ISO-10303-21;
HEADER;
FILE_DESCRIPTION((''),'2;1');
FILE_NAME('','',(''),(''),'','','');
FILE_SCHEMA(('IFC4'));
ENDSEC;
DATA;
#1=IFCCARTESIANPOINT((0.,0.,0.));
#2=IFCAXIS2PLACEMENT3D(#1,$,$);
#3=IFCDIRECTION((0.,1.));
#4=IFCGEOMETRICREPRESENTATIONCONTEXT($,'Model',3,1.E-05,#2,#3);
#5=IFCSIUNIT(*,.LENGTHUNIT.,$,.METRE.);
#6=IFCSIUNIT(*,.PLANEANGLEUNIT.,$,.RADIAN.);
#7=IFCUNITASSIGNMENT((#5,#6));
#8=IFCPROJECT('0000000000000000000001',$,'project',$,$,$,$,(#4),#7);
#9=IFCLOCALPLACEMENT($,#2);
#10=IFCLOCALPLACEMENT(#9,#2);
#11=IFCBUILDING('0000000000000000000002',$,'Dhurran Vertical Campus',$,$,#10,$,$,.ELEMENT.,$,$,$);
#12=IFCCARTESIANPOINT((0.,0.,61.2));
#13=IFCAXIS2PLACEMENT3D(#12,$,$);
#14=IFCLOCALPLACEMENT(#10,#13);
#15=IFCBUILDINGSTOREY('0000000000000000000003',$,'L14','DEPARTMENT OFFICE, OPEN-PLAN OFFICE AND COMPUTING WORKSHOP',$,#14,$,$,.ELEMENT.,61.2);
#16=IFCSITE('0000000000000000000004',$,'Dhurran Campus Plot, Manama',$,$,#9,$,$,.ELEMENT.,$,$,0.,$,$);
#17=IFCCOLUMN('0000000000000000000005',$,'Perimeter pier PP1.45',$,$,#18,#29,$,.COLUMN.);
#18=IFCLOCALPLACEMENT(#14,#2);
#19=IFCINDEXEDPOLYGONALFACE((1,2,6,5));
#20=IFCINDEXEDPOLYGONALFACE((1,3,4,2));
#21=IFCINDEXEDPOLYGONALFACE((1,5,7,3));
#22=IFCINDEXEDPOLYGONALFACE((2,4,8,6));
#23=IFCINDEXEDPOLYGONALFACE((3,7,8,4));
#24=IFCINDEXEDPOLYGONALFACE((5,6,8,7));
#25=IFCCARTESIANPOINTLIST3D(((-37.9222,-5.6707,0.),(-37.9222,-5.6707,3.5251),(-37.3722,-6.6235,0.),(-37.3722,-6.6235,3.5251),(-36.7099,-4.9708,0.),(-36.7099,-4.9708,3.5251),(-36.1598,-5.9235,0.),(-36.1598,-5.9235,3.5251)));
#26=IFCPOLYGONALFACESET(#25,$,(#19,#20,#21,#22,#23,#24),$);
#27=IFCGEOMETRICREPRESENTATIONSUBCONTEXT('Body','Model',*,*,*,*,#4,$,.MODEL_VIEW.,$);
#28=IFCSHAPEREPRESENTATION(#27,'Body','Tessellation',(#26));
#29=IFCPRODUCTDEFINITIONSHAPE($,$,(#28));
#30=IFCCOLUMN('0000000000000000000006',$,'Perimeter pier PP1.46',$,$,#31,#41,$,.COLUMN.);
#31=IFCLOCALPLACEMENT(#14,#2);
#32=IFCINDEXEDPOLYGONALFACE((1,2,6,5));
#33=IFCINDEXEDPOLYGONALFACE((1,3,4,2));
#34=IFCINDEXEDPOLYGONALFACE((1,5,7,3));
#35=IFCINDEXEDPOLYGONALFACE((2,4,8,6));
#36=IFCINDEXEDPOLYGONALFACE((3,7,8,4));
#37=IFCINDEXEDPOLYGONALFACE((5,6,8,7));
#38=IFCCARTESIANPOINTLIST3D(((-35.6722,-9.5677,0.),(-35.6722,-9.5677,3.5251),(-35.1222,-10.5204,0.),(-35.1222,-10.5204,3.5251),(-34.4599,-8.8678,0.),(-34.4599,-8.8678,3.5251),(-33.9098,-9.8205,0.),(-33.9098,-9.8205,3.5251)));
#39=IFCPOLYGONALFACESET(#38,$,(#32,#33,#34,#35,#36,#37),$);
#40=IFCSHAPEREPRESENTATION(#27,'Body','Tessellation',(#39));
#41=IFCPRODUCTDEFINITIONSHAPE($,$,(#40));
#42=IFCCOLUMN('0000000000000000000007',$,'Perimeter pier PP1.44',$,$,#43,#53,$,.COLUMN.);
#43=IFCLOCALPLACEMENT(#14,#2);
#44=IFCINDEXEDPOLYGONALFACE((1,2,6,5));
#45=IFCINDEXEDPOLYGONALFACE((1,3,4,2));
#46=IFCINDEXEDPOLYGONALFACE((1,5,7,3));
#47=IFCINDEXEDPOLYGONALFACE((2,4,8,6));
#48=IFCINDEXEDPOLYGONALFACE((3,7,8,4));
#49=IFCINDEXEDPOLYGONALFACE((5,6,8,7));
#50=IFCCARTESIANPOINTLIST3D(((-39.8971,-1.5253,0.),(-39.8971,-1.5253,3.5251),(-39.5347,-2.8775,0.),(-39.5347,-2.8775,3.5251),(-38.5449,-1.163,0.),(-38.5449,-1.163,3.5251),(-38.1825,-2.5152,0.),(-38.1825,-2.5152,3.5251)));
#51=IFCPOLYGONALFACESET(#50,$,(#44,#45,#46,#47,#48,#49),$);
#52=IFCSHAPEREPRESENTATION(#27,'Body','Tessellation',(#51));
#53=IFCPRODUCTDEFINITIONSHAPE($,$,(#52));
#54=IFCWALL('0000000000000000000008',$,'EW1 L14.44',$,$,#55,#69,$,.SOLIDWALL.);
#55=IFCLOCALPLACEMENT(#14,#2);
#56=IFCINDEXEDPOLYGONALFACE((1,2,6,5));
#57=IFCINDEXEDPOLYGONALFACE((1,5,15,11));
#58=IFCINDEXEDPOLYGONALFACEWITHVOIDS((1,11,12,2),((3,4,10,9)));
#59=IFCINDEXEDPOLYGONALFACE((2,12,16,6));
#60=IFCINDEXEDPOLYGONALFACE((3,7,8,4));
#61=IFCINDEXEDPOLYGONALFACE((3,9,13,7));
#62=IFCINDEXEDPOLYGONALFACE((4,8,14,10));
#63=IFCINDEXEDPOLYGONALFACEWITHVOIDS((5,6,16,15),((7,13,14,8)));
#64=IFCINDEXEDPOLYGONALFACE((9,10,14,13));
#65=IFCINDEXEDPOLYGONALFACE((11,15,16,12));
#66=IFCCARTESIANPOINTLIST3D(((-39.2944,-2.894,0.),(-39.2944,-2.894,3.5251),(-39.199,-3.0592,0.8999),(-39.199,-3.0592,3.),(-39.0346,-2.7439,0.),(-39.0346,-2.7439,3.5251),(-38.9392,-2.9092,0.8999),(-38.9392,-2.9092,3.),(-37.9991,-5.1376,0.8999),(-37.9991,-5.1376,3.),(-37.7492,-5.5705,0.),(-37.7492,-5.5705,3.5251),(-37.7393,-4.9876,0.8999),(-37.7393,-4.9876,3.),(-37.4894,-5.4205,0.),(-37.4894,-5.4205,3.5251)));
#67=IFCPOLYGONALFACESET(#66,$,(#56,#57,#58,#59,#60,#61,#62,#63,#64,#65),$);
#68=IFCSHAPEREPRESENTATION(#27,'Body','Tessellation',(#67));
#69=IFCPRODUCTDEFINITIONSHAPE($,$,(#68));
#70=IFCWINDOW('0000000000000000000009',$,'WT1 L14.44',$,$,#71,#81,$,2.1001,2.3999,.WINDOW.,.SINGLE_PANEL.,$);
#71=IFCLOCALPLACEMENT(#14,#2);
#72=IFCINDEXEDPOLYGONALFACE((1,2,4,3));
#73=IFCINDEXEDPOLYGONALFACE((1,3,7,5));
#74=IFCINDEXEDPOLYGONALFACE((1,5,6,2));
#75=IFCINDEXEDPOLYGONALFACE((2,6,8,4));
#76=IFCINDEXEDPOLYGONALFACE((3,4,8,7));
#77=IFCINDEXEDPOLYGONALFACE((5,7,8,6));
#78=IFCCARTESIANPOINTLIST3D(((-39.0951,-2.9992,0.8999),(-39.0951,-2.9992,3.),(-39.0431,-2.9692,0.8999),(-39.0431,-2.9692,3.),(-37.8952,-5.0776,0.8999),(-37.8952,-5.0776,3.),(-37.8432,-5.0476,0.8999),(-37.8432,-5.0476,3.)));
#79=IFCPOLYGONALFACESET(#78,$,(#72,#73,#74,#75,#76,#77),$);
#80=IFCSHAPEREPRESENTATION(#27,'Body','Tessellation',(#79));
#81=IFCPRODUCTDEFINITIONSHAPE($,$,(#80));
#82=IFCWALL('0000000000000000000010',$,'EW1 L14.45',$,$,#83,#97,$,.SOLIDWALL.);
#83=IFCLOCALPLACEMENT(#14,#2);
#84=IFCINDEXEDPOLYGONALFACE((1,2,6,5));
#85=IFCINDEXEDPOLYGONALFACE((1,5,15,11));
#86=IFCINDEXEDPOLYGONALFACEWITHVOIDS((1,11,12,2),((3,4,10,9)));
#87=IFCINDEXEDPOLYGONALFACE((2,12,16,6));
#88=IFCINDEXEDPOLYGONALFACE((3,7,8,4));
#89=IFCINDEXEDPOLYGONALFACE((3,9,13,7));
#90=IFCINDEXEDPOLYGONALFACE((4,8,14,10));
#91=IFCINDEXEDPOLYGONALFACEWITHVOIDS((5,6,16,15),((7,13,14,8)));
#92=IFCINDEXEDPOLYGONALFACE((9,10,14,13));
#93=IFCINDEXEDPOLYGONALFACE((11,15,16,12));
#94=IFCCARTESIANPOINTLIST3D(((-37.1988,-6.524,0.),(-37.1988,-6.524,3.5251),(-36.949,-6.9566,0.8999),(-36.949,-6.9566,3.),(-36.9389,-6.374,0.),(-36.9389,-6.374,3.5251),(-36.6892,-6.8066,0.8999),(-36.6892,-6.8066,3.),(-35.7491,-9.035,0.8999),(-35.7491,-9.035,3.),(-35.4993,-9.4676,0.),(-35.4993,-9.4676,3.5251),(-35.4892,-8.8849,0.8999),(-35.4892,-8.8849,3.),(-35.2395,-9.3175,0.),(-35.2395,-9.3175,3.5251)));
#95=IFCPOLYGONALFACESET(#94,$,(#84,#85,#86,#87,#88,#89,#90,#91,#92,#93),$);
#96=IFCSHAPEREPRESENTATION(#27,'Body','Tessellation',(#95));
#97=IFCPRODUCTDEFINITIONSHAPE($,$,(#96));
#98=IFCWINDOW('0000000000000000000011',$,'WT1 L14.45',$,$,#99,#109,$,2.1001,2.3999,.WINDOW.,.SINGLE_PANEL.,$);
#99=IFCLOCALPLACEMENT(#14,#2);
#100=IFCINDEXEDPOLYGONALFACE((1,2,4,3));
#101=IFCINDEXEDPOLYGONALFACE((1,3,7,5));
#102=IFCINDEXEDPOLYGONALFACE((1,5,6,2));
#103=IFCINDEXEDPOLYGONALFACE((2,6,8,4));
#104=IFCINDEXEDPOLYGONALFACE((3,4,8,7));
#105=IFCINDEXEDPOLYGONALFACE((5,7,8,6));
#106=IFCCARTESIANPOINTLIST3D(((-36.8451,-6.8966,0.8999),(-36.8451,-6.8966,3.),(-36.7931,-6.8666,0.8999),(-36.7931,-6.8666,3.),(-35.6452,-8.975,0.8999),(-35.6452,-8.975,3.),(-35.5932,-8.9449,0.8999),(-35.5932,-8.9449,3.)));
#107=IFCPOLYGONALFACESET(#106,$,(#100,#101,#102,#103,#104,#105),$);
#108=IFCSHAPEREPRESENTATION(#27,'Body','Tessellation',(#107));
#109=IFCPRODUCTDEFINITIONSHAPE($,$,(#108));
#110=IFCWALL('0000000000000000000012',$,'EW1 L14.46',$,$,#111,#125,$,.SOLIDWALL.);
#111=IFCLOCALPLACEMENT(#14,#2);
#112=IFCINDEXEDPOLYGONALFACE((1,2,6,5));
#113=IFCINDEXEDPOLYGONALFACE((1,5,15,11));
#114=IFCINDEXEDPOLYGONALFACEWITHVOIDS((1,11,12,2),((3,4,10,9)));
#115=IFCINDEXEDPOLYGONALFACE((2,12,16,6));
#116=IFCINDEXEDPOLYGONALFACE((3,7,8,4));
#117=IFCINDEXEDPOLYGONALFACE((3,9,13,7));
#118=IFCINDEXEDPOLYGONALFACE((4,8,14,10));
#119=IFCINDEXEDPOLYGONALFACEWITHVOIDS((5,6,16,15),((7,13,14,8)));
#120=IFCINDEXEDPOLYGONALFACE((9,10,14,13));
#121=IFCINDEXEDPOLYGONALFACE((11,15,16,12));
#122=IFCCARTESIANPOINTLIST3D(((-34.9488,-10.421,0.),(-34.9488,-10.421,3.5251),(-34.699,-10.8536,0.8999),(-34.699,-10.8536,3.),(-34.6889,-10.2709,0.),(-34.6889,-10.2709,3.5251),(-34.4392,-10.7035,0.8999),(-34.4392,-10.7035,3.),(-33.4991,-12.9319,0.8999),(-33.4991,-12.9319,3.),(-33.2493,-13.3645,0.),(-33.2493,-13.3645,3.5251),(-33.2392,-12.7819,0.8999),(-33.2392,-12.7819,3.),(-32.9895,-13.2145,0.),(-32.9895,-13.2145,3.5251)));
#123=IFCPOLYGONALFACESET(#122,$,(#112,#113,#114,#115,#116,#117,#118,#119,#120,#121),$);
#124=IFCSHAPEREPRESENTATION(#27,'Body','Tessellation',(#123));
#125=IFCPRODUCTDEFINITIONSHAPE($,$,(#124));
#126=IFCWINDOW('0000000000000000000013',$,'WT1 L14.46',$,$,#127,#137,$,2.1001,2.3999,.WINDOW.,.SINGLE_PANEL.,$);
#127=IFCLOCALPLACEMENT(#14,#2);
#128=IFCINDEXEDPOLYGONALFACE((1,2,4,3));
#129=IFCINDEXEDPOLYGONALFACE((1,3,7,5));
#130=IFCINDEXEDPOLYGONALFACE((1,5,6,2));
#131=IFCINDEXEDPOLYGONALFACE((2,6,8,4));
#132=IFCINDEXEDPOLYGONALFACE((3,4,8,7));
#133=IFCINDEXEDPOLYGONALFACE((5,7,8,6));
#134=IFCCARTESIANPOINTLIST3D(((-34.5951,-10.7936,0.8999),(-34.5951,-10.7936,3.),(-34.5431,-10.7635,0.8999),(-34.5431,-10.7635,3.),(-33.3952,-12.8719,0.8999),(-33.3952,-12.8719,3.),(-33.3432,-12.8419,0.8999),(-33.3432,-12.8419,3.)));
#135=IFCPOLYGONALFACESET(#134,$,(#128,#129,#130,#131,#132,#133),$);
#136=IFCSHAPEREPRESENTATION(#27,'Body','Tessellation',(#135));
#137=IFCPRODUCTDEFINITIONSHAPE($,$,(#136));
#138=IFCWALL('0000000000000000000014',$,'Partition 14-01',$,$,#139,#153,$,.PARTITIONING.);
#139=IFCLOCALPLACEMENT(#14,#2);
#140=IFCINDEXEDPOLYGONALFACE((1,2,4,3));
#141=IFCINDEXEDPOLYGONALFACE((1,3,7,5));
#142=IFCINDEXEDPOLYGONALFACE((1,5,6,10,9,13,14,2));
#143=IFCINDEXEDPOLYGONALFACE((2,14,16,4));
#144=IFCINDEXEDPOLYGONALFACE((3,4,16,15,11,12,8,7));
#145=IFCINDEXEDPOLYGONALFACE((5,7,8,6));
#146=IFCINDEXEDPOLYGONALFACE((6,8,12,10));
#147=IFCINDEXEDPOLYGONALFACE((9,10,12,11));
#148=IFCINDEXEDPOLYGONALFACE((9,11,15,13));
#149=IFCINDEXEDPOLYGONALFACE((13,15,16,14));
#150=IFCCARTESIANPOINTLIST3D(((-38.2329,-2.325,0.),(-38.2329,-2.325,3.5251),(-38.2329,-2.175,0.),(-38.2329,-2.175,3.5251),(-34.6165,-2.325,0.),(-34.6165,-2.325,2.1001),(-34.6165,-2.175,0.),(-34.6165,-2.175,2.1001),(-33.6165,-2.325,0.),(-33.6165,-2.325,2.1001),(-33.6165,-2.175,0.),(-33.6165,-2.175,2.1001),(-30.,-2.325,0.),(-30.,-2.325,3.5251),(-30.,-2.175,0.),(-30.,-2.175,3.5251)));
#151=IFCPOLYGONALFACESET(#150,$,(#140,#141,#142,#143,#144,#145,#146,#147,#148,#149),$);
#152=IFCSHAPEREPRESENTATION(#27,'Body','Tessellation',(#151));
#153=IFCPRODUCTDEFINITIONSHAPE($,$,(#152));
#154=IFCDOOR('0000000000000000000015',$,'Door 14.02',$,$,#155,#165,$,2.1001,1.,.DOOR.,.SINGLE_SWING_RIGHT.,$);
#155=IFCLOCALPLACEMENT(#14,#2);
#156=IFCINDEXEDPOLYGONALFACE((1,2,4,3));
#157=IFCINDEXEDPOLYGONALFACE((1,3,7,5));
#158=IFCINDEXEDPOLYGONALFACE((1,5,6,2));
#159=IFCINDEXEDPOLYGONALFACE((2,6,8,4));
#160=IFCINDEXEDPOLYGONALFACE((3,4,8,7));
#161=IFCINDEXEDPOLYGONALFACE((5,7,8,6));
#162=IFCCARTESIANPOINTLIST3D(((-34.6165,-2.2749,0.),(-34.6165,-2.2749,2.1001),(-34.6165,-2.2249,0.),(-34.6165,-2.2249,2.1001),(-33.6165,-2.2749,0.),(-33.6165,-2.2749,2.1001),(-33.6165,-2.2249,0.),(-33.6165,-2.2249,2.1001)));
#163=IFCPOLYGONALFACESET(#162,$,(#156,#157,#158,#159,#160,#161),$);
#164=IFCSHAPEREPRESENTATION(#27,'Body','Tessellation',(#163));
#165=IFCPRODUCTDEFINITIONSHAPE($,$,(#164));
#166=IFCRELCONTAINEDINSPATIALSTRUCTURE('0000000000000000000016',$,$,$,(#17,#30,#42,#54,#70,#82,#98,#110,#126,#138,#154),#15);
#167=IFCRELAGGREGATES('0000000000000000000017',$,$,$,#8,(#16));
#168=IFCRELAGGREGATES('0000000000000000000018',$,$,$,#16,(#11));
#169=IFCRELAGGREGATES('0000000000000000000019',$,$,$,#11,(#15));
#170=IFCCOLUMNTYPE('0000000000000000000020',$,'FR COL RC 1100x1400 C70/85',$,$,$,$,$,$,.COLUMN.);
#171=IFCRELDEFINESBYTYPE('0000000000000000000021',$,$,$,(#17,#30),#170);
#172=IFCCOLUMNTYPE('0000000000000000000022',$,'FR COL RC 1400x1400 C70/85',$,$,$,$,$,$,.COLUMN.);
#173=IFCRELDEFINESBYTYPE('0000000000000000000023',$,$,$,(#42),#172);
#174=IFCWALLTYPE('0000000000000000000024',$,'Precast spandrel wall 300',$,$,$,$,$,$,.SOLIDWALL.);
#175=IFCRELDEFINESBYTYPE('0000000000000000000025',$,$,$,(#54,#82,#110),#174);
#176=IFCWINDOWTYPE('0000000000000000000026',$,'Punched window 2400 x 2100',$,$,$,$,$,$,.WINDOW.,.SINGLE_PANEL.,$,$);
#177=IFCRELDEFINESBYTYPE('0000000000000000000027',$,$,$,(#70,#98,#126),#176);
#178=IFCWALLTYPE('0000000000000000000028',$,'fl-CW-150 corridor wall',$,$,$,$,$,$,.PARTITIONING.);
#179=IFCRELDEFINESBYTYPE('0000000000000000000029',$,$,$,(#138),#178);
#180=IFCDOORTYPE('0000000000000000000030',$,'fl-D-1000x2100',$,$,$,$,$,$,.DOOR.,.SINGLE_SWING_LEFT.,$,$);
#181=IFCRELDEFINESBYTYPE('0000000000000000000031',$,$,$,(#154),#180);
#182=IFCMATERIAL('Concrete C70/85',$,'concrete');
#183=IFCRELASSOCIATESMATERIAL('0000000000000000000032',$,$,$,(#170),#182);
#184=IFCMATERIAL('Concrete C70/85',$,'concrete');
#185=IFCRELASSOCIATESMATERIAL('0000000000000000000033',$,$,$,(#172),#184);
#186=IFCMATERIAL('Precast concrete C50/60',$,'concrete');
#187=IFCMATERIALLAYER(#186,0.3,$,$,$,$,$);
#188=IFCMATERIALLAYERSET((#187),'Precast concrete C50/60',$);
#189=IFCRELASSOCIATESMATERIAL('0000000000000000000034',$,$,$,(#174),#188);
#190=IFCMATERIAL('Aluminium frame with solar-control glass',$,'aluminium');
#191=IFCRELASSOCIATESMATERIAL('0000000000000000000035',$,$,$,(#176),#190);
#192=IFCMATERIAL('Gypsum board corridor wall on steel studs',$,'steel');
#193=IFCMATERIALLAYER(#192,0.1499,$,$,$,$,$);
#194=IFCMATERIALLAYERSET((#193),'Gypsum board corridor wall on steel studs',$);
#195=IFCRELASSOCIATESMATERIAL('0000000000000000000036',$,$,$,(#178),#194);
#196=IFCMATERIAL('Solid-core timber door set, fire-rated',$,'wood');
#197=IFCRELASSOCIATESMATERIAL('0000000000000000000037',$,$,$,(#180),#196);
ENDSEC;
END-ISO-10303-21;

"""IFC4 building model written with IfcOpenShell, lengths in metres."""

from ifc_helpers import new_model, si_unit, direction, frame, frame_2d, origin, origin_2d, place, context, subcontext, project, spatial, rectangle, extrude, material, layer, layer_set, material_profile, profile_set, type_object, element, fill, save


model = new_model("IFC4")

# Units and contexts
model_context = context("Model", 3, precision=1e-05, world=origin(), true_north=direction((0.0, 1.0)))
body_context = subcontext(model_context, "Body", "Model", "MODEL_VIEW")
ifc_project = project(units=[si_unit("LENGTHUNIT", "METRE"), si_unit("PLANEANGLEUNIT", "RADIAN")], contexts=[model_context])

# Site, building, storey
site_placement = place(None, origin())
site = spatial("IfcSite", under=ifc_project, at=site_placement, Name="Dhurran Campus Plot, Manama", CompositionType="ELEMENT", RefElevation=0.0)
building_placement = place(site_placement, origin())
building = spatial("IfcBuilding", under=site, at=building_placement, Name="Dhurran Vertical Campus", CompositionType="ELEMENT")
storey_placement = place(building_placement, frame((0.0, 0.0, 61.2)))
storey = spatial("IfcBuildingStorey", under=building, at=storey_placement, Name="L14", Description="DEPARTMENT OFFICE, OPEN-PLAN OFFICE AND COMPUTING WORKSHOP", CompositionType="ELEMENT", Elevation=61.2)

# Columns
ifc_material_1 = material(Name="Concrete C70/85", Category="concrete")
ifc_material_profile_1 = material_profile(ifc_material_1, rectangle(XDim=1.1001, YDim=1.3999, at=origin_2d()), Name="RC 1100x1400")
ifc_profile_set_1 = profile_set([ifc_material_profile_1], Name="Concrete C70/85")
column_type_1 = type_object("IfcColumnType", Name="FR COL RC 1100x1400 C70/85", PredefinedType="COLUMN", material=ifc_profile_set_1)
for number, where, z_axis, x_axis, name in (
    (1, (-37.041, -5.7971, 0.0), (0.0, 0.0, 1.0), (0.5, -0.866025, 0.0), "Perimeter pier PP1.45"),
    (2, (-34.791, -9.6941, 0.0), (0.0, 0.0, 1.0), (0.5, -0.866025, 0.0), "Perimeter pier PP1.46"),
):
    element("IfcColumn", number, at=place(storey_placement, frame(where, z_axis=z_axis, x_axis=x_axis)), inside=storey, type_object=column_type_1, Name=name, PredefinedType="COLUMN", context=body_context, shape_type="SweptSolid", body=[
        extrude(rectangle(XDim=1.1001, YDim=1.3999, at=origin_2d()), origin(), (0.0, 0.0, 1.0), 3.5251),
    ])
ifc_material_2 = material(Name="Concrete C70/85", Category="concrete")
ifc_material_profile_2 = material_profile(ifc_material_2, rectangle(XDim=1.3999, YDim=1.3999, at=origin_2d()), Name="RC 1400x1400")
ifc_profile_set_2 = profile_set([ifc_material_profile_2], Name="Concrete C70/85")
column_type_2 = type_object("IfcColumnType", Name="FR COL RC 1400x1400 C70/85", PredefinedType="COLUMN", material=ifc_profile_set_2)
column_placement = place(storey_placement, frame((-39.0398, -2.0203, 0.0), z_axis=(0.0, 0.0, 1.0), x_axis=(0.258819, -0.965926, 0.0)))
element("IfcColumn", 3, at=column_placement, inside=storey, type_object=column_type_2, Name="Perimeter pier PP1.44", PredefinedType="COLUMN", context=body_context, shape_type="SweptSolid", body=[
    extrude(rectangle(XDim=1.3999, YDim=1.3999, at=origin_2d()), origin(), (0.0, 0.0, 1.0), 3.5251),
])

# Walls, openings, windows
ifc_material_3 = material(Name="Precast concrete C50/60", Category="concrete")
ifc_layer_1 = layer(ifc_material_3, 0.3)
ifc_layer_set_1 = layer_set([ifc_layer_1], Name="Precast concrete C50/60")
wall_type_1 = type_object("IfcWallType", Name="Precast spandrel wall 300", PredefinedType="SOLIDWALL", material=ifc_layer_set_1)
wall_1_placement = place(storey_placement, frame((-39.1646, -2.8188, 0.0), z_axis=(0.0, 0.0, 1.0), x_axis=(0.499971, -0.866042, 0.0)))
wall_1 = element("IfcWall", 4, at=wall_1_placement, inside=storey, type_object=wall_type_1, Name="EW1 L14.44", PredefinedType="SOLIDWALL", context=body_context, shape_type="SweptSolid", body=[
    extrude(rectangle(XDim=3.0906, YDim=0.3, at=frame_2d((1.5454, 0.0))), origin(), (0.0, 0.0, 1.0), 3.5251),
])
opening_1_placement = place(wall_1_placement, frame((0.1909, 0.0, 0.8999)))
opening_1 = element("IfcOpeningElement", 5, at=opening_1_placement, cuts=wall_1, PredefinedType="OPENING", context=body_context, shape_type="SweptSolid", body=[
    extrude(rectangle(XDim=2.3999, YDim=2.1001, at=frame_2d((1.2, 1.05))), frame((0.0, 0.1599, 0.0), z_axis=(0.0, -1.0, 0.0), x_axis=(1.0, 0.0, 0.0)), (0.0, 0.0, 1.0), 0.3201),
])
ifc_material_4 = material(Name="Aluminium frame with solar-control glass", Category="aluminium")
window_type = type_object("IfcWindowType", Name="Punched window 2400 x 2100", PartitioningType="SINGLE_PANEL", PredefinedType="WINDOW", material=ifc_material_4)
window_1_placement = place(opening_1_placement, origin())
window_1 = element("IfcWindow", 6, at=window_1_placement, inside=storey, type_object=window_type, Name="WT1 L14.44", OverallHeight=2.1001, OverallWidth=2.3999, PartitioningType="SINGLE_PANEL", PredefinedType="WINDOW", context=body_context, shape_type="SweptSolid", body=[
    extrude(rectangle(XDim=2.3999, YDim=2.1001, at=frame_2d((1.2, 1.05))), frame((0.0, 0.03, 0.0), z_axis=(0.0, -1.0, 0.0), x_axis=(1.0, 0.0, 0.0)), (0.0, 0.0, 1.0), 0.0601),
])
fill(opening_1, window_1)
wall_2_placement = place(storey_placement, frame((-37.0688, -6.449, 0.0), z_axis=(0.0, 0.0, 1.0), x_axis=(0.499994, -0.866029, 0.0)))
wall_2 = element("IfcWall", 7, at=wall_2_placement, inside=storey, type_object=wall_type_1, Name="EW1 L14.45", PredefinedType="SOLIDWALL", context=body_context, shape_type="SweptSolid", body=[
    extrude(rectangle(XDim=3.3989, YDim=0.3, at=frame_2d((1.6995, 0.0))), origin(), (0.0, 0.0, 1.0), 3.5251),
])
opening_2_placement = place(wall_2_placement, frame((0.4995, 0.0, 0.8999)))
opening_2 = element("IfcOpeningElement", 8, at=opening_2_placement, cuts=wall_2, PredefinedType="OPENING", context=body_context, shape_type="SweptSolid", body=[
    extrude(rectangle(XDim=2.3999, YDim=2.1001, at=frame_2d((1.2, 1.05))), frame((0.0, 0.1599, 0.0), z_axis=(0.0, -1.0, 0.0), x_axis=(1.0, 0.0, 0.0)), (0.0, 0.0, 1.0), 0.3201),
])
window_2_placement = place(opening_2_placement, origin())
window_2 = element("IfcWindow", 9, at=window_2_placement, inside=storey, type_object=window_type, Name="WT1 L14.45", OverallHeight=2.1001, OverallWidth=2.3999, PartitioningType="SINGLE_PANEL", PredefinedType="WINDOW", context=body_context, shape_type="SweptSolid", body=[
    extrude(rectangle(XDim=2.3999, YDim=2.1001, at=frame_2d((1.2, 1.05))), frame((0.0, 0.03, 0.0), z_axis=(0.0, -1.0, 0.0), x_axis=(1.0, 0.0, 0.0)), (0.0, 0.0, 1.0), 0.0601),
])
fill(opening_2, window_2)
wall_3_placement = place(storey_placement, frame((-34.8188, -10.3459, 0.0), z_axis=(0.0, 0.0, 1.0), x_axis=(0.499994, -0.866029, 0.0)))
wall_3 = element("IfcWall", 10, at=wall_3_placement, inside=storey, type_object=wall_type_1, Name="EW1 L14.46", PredefinedType="SOLIDWALL", context=body_context, shape_type="SweptSolid", body=[
    extrude(rectangle(XDim=3.3989, YDim=0.3, at=frame_2d((1.6995, 0.0))), origin(), (0.0, 0.0, 1.0), 3.5251),
])
opening_3_placement = place(wall_3_placement, frame((0.4995, 0.0, 0.8999)))
opening_3 = element("IfcOpeningElement", 11, at=opening_3_placement, cuts=wall_3, PredefinedType="OPENING", context=body_context, shape_type="SweptSolid", body=[
    extrude(rectangle(XDim=2.3999, YDim=2.1001, at=frame_2d((1.2, 1.05))), frame((0.0, 0.1599, 0.0), z_axis=(0.0, -1.0, 0.0), x_axis=(1.0, 0.0, 0.0)), (0.0, 0.0, 1.0), 0.3201),
])
window_3_placement = place(opening_3_placement, origin())
window_3 = element("IfcWindow", 12, at=window_3_placement, inside=storey, type_object=window_type, Name="WT1 L14.46", OverallHeight=2.1001, OverallWidth=2.3999, PartitioningType="SINGLE_PANEL", PredefinedType="WINDOW", context=body_context, shape_type="SweptSolid", body=[
    extrude(rectangle(XDim=2.3999, YDim=2.1001, at=frame_2d((1.2, 1.05))), frame((0.0, 0.03, 0.0), z_axis=(0.0, -1.0, 0.0), x_axis=(1.0, 0.0, 0.0)), (0.0, 0.0, 1.0), 0.0601),
])
fill(opening_3, window_3)

# Wall, opening, door
ifc_material_5 = material(Name="Gypsum board corridor wall on steel studs", Category="steel")
ifc_layer_2 = layer(ifc_material_5, 0.1499)
ifc_layer_set_2 = layer_set([ifc_layer_2], Name="Gypsum board corridor wall on steel studs")
wall_type_2 = type_object("IfcWallType", Name="fl-CW-150 corridor wall", PredefinedType="PARTITIONING", material=ifc_layer_set_2)
wall_4_placement = place(storey_placement, frame((-30.0, -2.25, 0.0), z_axis=(0.0, 0.0, 1.0), x_axis=(-1.0, 0.0, 0.0)))
wall_4 = element("IfcWall", 13, at=wall_4_placement, inside=storey, type_object=wall_type_2, Name="Partition 14-01", PredefinedType="PARTITIONING", context=body_context, shape_type="SweptSolid", body=[
    extrude(rectangle(XDim=8.2329, YDim=0.1499, at=frame_2d((4.1165, 0.0))), origin(), (0.0, 0.0, 1.0), 3.5251),
])
opening_4_placement = place(wall_4_placement, frame((3.6165, 0.0, 0.0)))
opening_4 = element("IfcOpeningElement", 14, at=opening_4_placement, cuts=wall_4, PredefinedType="OPENING", context=body_context, shape_type="SweptSolid", body=[
    extrude(rectangle(XDim=1.0, YDim=2.1001, at=frame_2d((0.5, 1.05))), frame((0.0, 0.085, 0.0), z_axis=(0.0, -1.0, 0.0), x_axis=(1.0, 0.0, 0.0)), (0.0, 0.0, 1.0), 0.1699),
])
ifc_material_6 = material(Name="Solid-core timber door set, fire-rated", Category="wood")
door_type = type_object("IfcDoorType", Name="fl-D-1000x2100", OperationType="SINGLE_SWING_LEFT", PredefinedType="DOOR", material=ifc_material_6)
door_placement = place(opening_4_placement, origin())
door = element("IfcDoor", 15, at=door_placement, inside=storey, type_object=door_type, Name="Door 14.02", OperationType="SINGLE_SWING_RIGHT", OverallHeight=2.1001, OverallWidth=1.0, PredefinedType="DOOR", context=body_context, shape_type="SweptSolid", body=[
    extrude(rectangle(XDim=1.0, YDim=2.1001, at=frame_2d((0.5, 1.05))), frame((0.0, 0.0249, 0.0), z_axis=(0.0, -1.0, 0.0), x_axis=(1.0, 0.0, 0.0)), (0.0, 0.0, 1.0), 0.05),
])
fill(opening_4, door)

save(model, "model.ifc")
